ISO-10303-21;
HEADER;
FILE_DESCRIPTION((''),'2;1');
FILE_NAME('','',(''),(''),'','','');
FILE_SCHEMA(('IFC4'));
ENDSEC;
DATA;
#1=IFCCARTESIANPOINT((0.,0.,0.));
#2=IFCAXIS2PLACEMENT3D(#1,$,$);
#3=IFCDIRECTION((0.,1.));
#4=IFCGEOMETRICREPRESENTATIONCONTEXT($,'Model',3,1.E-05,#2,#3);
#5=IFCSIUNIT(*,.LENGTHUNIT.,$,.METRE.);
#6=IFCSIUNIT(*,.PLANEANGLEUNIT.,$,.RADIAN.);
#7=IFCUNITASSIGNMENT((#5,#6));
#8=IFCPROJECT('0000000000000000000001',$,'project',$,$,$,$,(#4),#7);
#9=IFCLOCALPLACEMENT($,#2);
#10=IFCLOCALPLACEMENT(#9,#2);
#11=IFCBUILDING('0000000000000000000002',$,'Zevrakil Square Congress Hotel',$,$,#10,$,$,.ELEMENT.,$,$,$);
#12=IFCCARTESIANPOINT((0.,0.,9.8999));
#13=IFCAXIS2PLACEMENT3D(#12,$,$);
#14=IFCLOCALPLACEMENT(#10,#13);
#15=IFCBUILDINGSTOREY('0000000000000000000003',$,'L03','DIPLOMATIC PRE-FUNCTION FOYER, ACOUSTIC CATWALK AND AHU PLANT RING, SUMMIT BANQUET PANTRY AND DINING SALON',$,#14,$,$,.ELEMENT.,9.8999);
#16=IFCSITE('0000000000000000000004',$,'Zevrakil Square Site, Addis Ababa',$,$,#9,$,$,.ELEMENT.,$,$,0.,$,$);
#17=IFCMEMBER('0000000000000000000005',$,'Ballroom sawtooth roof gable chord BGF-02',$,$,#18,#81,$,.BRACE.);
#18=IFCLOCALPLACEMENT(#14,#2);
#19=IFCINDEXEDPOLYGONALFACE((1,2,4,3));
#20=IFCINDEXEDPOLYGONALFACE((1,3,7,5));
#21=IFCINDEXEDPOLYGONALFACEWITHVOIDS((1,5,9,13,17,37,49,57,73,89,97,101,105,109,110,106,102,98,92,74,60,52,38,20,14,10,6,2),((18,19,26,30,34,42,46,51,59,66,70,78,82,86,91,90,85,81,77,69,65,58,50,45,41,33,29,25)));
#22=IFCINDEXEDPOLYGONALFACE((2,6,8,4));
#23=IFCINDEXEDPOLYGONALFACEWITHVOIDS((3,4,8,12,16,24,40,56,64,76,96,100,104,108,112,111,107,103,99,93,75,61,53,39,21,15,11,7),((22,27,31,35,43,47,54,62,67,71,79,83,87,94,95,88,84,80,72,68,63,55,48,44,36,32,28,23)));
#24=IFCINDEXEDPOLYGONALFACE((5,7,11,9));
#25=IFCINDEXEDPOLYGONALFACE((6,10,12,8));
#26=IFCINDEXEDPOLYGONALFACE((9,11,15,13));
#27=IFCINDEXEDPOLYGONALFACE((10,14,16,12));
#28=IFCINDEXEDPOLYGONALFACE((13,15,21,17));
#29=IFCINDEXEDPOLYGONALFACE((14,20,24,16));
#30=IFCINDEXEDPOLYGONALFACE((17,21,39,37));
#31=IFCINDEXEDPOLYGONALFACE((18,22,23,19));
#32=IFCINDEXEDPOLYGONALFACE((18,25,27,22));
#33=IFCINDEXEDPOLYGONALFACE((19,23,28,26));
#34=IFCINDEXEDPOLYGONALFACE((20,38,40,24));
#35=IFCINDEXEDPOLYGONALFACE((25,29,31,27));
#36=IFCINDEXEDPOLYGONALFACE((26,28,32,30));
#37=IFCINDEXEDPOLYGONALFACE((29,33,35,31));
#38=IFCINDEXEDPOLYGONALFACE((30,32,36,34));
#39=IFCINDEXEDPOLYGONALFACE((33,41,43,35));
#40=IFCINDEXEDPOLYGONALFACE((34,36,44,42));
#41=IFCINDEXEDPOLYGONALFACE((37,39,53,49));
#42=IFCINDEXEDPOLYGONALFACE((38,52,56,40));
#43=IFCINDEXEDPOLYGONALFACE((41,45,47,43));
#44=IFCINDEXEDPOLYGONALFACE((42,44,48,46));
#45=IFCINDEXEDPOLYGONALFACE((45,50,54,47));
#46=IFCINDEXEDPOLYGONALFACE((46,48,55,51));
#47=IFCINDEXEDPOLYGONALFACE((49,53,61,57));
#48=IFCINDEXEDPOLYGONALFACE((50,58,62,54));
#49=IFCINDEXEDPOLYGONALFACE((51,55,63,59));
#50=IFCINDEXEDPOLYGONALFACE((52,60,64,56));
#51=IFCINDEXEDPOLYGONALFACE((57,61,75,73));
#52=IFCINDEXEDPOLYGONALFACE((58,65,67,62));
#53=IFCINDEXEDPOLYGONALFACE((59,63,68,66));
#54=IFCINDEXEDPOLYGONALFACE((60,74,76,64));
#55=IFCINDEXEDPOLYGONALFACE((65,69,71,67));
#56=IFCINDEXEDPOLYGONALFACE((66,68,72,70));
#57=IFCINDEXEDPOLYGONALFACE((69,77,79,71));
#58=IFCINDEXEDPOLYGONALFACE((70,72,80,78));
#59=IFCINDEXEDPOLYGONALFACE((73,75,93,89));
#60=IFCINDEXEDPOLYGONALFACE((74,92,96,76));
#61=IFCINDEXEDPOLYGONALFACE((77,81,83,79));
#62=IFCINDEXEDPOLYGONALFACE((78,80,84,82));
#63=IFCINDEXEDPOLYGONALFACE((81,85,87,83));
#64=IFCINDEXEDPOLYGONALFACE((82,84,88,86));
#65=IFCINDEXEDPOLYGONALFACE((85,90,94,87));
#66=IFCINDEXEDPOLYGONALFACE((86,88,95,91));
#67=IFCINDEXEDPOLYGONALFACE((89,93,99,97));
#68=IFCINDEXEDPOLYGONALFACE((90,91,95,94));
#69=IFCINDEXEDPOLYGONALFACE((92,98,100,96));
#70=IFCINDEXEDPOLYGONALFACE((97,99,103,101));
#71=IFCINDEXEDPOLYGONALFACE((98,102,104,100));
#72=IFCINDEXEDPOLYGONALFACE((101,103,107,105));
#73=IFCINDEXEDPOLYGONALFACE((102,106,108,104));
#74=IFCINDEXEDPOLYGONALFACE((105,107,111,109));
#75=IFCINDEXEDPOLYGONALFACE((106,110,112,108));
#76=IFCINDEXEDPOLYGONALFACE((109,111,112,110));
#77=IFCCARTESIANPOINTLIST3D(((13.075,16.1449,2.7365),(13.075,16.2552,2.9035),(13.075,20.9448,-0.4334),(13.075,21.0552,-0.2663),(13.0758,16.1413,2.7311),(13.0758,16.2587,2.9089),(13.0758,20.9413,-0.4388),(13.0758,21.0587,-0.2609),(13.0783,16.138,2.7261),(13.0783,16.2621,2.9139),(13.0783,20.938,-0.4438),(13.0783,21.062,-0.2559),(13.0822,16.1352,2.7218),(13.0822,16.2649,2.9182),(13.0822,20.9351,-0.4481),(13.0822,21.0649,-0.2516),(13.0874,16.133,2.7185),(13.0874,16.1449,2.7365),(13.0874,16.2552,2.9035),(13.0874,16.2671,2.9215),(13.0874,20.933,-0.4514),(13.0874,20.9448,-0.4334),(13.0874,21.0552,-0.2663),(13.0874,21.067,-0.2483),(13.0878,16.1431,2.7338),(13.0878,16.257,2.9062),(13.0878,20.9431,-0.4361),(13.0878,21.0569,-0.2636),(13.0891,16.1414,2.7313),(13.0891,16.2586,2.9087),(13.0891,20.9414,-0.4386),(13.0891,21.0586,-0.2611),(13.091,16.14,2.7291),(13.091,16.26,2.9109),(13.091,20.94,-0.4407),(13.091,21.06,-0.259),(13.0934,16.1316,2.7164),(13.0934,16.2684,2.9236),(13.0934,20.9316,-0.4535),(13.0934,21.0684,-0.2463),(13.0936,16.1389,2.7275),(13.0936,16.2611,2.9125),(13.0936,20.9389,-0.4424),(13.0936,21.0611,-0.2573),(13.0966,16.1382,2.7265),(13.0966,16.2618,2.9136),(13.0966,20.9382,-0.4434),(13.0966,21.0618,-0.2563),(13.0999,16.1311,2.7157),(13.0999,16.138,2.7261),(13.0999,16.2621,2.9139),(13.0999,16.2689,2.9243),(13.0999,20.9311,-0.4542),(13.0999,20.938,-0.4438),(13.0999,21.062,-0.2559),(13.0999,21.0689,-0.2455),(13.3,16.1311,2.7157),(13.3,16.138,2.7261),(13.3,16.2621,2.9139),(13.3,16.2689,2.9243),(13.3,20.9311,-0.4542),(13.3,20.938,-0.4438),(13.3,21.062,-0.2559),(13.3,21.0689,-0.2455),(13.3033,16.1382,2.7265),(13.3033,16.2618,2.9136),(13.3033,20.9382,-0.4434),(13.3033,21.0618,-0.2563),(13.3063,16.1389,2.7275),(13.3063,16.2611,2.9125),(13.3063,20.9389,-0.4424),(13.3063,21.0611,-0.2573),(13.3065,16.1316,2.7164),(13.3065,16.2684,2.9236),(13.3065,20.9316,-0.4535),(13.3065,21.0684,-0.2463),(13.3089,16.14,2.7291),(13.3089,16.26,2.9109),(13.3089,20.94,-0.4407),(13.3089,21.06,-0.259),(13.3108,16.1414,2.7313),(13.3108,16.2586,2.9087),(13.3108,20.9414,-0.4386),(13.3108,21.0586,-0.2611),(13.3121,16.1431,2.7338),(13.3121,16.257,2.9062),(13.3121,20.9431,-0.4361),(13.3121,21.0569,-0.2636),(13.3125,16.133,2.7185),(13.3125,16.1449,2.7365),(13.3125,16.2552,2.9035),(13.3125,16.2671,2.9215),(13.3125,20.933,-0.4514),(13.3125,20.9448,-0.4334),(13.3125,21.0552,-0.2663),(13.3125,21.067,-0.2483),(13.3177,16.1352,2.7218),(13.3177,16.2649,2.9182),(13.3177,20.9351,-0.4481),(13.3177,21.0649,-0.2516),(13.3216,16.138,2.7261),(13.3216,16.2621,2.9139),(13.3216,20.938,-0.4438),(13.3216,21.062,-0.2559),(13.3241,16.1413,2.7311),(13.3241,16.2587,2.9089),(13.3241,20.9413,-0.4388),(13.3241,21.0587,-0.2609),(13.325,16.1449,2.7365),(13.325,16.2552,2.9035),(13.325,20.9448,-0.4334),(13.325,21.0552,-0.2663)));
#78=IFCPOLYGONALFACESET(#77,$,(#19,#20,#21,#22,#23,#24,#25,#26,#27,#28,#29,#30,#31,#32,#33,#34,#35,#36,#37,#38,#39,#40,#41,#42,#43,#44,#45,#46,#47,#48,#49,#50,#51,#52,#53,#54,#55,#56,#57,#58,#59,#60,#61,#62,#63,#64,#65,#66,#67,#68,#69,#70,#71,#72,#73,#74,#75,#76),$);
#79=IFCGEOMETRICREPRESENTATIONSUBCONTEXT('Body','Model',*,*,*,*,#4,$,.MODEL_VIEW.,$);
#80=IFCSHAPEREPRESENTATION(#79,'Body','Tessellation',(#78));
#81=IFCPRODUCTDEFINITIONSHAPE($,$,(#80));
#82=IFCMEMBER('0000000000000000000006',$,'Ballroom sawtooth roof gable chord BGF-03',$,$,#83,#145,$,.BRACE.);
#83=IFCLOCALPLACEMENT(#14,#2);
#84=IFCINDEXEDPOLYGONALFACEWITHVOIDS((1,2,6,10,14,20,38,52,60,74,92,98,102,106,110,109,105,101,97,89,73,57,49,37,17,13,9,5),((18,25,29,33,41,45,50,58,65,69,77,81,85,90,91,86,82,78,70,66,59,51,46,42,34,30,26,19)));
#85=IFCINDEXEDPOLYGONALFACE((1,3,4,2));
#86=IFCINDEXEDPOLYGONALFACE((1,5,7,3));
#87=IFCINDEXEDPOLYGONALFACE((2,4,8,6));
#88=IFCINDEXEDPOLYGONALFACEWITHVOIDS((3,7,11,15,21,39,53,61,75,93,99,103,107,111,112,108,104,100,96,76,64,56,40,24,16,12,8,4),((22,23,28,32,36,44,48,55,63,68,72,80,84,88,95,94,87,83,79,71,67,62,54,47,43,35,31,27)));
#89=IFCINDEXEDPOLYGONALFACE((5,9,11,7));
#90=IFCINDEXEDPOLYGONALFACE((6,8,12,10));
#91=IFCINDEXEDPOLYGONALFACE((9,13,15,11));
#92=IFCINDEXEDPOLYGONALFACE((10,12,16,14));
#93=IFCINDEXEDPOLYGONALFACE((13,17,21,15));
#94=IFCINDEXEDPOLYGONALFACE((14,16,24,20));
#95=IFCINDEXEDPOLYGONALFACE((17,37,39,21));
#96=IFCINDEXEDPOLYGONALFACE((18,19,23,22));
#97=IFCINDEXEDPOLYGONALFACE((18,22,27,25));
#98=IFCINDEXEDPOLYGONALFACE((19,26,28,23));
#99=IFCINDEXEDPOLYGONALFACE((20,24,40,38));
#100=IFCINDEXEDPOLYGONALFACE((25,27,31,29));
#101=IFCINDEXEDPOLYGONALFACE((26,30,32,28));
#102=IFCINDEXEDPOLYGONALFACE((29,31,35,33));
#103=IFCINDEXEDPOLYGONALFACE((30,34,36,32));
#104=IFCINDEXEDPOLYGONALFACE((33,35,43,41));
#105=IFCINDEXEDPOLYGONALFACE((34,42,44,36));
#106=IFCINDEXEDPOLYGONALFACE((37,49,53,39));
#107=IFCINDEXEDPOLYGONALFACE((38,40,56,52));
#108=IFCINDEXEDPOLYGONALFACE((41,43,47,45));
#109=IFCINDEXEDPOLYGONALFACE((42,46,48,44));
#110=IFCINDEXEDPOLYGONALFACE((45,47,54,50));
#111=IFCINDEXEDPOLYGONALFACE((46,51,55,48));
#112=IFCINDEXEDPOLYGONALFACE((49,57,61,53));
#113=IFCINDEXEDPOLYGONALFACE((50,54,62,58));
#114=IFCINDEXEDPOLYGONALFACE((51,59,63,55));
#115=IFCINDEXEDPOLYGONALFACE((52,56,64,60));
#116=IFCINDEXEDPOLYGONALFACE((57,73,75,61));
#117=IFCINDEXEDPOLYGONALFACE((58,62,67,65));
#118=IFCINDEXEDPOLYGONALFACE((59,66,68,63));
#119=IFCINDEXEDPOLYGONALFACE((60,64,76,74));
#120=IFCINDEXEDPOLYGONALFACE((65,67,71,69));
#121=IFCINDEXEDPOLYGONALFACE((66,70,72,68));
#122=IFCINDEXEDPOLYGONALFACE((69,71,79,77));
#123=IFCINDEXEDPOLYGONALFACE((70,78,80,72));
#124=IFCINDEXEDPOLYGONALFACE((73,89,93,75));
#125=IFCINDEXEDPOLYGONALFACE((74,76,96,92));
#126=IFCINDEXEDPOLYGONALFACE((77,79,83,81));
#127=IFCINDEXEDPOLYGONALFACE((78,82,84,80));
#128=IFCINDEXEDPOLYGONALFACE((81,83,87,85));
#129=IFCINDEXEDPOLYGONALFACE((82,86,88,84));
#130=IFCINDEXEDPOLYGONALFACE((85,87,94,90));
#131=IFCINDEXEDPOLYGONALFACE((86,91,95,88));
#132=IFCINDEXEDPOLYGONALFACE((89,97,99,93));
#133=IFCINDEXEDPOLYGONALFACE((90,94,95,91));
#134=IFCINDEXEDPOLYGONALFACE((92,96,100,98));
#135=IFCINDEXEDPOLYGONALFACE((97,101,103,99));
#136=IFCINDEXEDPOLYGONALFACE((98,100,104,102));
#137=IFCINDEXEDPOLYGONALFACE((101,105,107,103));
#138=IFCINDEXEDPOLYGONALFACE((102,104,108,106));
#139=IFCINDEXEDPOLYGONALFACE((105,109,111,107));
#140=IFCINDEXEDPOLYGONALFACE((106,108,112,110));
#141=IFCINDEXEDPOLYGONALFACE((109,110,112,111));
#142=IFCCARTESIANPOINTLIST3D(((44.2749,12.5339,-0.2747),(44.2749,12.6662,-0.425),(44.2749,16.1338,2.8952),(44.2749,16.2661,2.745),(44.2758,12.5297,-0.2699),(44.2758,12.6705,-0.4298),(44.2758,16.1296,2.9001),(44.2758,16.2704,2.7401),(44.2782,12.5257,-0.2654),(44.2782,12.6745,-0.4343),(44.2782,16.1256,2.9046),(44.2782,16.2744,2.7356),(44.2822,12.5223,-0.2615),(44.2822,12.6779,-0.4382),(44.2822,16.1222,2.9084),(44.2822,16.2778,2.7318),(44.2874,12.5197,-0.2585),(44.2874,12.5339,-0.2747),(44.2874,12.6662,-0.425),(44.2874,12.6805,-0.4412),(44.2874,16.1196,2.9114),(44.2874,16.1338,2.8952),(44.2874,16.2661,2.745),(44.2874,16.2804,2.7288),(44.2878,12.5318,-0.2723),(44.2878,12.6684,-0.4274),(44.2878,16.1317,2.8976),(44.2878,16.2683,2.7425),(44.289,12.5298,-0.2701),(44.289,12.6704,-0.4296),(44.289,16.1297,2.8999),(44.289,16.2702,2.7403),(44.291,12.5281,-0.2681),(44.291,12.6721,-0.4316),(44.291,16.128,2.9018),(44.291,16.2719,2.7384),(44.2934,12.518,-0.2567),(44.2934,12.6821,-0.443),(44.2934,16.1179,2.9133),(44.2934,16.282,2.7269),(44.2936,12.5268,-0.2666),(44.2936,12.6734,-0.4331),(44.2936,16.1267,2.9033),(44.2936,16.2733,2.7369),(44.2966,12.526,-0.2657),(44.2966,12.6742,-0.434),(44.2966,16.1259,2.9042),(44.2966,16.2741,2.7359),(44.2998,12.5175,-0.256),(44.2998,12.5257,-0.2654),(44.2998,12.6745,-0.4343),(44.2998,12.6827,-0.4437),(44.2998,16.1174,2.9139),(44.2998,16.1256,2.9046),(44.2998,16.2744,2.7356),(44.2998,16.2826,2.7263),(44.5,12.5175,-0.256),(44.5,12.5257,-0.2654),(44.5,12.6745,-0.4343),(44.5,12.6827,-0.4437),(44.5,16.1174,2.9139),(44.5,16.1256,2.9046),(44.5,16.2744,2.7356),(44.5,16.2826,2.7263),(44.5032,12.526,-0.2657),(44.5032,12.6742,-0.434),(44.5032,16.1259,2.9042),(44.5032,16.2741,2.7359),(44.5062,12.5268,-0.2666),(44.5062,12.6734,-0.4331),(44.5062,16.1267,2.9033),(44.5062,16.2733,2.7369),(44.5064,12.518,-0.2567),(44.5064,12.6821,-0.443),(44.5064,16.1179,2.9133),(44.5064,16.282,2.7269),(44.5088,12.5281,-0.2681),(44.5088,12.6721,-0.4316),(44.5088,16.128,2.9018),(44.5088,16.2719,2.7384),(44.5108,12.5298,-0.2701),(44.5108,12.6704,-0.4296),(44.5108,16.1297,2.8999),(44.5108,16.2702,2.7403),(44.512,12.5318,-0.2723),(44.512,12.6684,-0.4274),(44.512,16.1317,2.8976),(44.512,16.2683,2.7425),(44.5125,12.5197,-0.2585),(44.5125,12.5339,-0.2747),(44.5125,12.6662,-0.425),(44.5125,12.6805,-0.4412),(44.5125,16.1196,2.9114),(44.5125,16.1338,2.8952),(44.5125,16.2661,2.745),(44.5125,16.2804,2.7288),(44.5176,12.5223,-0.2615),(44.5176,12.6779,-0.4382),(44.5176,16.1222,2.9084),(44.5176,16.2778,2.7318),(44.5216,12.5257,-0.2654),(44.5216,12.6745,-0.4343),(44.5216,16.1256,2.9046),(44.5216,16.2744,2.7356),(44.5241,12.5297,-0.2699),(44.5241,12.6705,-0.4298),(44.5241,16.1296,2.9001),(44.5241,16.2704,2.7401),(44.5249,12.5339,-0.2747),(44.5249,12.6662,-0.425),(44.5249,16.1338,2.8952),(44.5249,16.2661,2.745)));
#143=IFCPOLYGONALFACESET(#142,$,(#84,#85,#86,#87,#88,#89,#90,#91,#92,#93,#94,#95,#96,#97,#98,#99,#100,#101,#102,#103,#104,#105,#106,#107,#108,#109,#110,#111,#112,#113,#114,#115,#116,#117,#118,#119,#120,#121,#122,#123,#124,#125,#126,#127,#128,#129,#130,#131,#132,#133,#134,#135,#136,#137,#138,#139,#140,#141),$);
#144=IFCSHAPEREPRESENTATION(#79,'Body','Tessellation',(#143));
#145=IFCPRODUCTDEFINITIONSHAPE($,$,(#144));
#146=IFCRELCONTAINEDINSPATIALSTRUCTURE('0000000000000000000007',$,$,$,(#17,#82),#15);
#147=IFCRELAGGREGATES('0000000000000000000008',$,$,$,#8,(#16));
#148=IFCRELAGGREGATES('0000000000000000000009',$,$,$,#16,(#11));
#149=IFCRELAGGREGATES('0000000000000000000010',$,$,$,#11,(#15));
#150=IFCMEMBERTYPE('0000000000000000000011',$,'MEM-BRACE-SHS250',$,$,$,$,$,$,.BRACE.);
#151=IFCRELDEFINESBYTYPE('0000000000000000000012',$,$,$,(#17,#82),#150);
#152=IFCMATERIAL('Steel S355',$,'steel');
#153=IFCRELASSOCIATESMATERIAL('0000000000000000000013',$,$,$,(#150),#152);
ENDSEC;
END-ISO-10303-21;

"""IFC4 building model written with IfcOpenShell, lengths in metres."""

from ifc_helpers import new_model, si_unit, direction, frame, origin, origin_2d, place, context, subcontext, project, spatial, hollow_rectangle, extrude, material, material_profile, profile_set, type_object, element, save


model = new_model("IFC4")

# Units and contexts
model_context = context("Model", 3, precision=1e-05, world=origin(), true_north=direction((0.0, 1.0)))
body_context = subcontext(model_context, "Body", "Model", "MODEL_VIEW")
ifc_project = project(units=[si_unit("LENGTHUNIT", "METRE"), si_unit("PLANEANGLEUNIT", "RADIAN")], contexts=[model_context])

# Site, building, storey
site_placement = place(None, origin())
site = spatial("IfcSite", under=ifc_project, at=site_placement, Name="Zevrakil Square Site, Addis Ababa", CompositionType="ELEMENT", RefElevation=0.0)
building_placement = place(site_placement, origin())
building = spatial("IfcBuilding", under=site, at=building_placement, Name="Zevrakil Square Congress Hotel", CompositionType="ELEMENT")
storey_placement = place(building_placement, frame((0.0, 0.0, 9.8999)))
storey = spatial("IfcBuildingStorey", under=building, at=storey_placement, Name="L03", Description="DIPLOMATIC PRE-FUNCTION FOYER, ACOUSTIC CATWALK AND AHU PLANT RING, SUMMIT BANQUET PANTRY AND DINING SALON", CompositionType="ELEMENT", Elevation=9.8999)

# Members
ifc_material_1 = material(Name="Steel S355", Category="steel")
ifc_material_profile_1 = material_profile(ifc_material_1, hollow_rectangle(XDim=0.25, YDim=0.25, WallThickness=0.0125, InnerFilletRadius=0.0125, OuterFilletRadius=0.0249, at=origin_2d()), Name="SHS 250x250x12.5")
ifc_profile_set_1 = profile_set([ifc_material_profile_1], Name="Steel S355")
member_type_1 = type_object("IfcMemberType", Name="MEM-BRACE-SHS250", PredefinedType="BRACE", material=ifc_profile_set_1)
member_1_placement = place(storey_placement, frame((13.2, 21.0, -0.3499), z_axis=(0.0, -0.834458, 0.551071), x_axis=(1.0, 0.0, 0.0)))
element("IfcMember", 1, at=member_1_placement, inside=storey, type_object=member_type_1, Name="Ballroom sawtooth roof gable chord BGF-02", PredefinedType="BRACE", context=body_context, shape_type="SweptSolid", body=[
    extrude(hollow_rectangle(XDim=0.25, YDim=0.25, WallThickness=0.0125, InnerFilletRadius=0.0125, OuterFilletRadius=0.0249, at=origin_2d()), origin(), (0.0, 0.0, 1.0), 5.7522),
])
member_2_placement = place(storey_placement, frame((44.3999, 12.6001, -0.3499), z_axis=(0.0, 0.750501, 0.660869), x_axis=(-1.0, 0.0, 0.0)))
element("IfcMember", 2, at=member_2_placement, inside=storey, type_object=member_type_1, Name="Ballroom sawtooth roof gable chord BGF-03", PredefinedType="BRACE", context=body_context, shape_type="SweptSolid", body=[
    extrude(hollow_rectangle(XDim=0.25, YDim=0.25, WallThickness=0.0125, InnerFilletRadius=0.0125, OuterFilletRadius=0.0249, at=origin_2d()), origin(), (0.0, 0.0, 1.0), 4.7966),
])

save(model, "model.ifc")
